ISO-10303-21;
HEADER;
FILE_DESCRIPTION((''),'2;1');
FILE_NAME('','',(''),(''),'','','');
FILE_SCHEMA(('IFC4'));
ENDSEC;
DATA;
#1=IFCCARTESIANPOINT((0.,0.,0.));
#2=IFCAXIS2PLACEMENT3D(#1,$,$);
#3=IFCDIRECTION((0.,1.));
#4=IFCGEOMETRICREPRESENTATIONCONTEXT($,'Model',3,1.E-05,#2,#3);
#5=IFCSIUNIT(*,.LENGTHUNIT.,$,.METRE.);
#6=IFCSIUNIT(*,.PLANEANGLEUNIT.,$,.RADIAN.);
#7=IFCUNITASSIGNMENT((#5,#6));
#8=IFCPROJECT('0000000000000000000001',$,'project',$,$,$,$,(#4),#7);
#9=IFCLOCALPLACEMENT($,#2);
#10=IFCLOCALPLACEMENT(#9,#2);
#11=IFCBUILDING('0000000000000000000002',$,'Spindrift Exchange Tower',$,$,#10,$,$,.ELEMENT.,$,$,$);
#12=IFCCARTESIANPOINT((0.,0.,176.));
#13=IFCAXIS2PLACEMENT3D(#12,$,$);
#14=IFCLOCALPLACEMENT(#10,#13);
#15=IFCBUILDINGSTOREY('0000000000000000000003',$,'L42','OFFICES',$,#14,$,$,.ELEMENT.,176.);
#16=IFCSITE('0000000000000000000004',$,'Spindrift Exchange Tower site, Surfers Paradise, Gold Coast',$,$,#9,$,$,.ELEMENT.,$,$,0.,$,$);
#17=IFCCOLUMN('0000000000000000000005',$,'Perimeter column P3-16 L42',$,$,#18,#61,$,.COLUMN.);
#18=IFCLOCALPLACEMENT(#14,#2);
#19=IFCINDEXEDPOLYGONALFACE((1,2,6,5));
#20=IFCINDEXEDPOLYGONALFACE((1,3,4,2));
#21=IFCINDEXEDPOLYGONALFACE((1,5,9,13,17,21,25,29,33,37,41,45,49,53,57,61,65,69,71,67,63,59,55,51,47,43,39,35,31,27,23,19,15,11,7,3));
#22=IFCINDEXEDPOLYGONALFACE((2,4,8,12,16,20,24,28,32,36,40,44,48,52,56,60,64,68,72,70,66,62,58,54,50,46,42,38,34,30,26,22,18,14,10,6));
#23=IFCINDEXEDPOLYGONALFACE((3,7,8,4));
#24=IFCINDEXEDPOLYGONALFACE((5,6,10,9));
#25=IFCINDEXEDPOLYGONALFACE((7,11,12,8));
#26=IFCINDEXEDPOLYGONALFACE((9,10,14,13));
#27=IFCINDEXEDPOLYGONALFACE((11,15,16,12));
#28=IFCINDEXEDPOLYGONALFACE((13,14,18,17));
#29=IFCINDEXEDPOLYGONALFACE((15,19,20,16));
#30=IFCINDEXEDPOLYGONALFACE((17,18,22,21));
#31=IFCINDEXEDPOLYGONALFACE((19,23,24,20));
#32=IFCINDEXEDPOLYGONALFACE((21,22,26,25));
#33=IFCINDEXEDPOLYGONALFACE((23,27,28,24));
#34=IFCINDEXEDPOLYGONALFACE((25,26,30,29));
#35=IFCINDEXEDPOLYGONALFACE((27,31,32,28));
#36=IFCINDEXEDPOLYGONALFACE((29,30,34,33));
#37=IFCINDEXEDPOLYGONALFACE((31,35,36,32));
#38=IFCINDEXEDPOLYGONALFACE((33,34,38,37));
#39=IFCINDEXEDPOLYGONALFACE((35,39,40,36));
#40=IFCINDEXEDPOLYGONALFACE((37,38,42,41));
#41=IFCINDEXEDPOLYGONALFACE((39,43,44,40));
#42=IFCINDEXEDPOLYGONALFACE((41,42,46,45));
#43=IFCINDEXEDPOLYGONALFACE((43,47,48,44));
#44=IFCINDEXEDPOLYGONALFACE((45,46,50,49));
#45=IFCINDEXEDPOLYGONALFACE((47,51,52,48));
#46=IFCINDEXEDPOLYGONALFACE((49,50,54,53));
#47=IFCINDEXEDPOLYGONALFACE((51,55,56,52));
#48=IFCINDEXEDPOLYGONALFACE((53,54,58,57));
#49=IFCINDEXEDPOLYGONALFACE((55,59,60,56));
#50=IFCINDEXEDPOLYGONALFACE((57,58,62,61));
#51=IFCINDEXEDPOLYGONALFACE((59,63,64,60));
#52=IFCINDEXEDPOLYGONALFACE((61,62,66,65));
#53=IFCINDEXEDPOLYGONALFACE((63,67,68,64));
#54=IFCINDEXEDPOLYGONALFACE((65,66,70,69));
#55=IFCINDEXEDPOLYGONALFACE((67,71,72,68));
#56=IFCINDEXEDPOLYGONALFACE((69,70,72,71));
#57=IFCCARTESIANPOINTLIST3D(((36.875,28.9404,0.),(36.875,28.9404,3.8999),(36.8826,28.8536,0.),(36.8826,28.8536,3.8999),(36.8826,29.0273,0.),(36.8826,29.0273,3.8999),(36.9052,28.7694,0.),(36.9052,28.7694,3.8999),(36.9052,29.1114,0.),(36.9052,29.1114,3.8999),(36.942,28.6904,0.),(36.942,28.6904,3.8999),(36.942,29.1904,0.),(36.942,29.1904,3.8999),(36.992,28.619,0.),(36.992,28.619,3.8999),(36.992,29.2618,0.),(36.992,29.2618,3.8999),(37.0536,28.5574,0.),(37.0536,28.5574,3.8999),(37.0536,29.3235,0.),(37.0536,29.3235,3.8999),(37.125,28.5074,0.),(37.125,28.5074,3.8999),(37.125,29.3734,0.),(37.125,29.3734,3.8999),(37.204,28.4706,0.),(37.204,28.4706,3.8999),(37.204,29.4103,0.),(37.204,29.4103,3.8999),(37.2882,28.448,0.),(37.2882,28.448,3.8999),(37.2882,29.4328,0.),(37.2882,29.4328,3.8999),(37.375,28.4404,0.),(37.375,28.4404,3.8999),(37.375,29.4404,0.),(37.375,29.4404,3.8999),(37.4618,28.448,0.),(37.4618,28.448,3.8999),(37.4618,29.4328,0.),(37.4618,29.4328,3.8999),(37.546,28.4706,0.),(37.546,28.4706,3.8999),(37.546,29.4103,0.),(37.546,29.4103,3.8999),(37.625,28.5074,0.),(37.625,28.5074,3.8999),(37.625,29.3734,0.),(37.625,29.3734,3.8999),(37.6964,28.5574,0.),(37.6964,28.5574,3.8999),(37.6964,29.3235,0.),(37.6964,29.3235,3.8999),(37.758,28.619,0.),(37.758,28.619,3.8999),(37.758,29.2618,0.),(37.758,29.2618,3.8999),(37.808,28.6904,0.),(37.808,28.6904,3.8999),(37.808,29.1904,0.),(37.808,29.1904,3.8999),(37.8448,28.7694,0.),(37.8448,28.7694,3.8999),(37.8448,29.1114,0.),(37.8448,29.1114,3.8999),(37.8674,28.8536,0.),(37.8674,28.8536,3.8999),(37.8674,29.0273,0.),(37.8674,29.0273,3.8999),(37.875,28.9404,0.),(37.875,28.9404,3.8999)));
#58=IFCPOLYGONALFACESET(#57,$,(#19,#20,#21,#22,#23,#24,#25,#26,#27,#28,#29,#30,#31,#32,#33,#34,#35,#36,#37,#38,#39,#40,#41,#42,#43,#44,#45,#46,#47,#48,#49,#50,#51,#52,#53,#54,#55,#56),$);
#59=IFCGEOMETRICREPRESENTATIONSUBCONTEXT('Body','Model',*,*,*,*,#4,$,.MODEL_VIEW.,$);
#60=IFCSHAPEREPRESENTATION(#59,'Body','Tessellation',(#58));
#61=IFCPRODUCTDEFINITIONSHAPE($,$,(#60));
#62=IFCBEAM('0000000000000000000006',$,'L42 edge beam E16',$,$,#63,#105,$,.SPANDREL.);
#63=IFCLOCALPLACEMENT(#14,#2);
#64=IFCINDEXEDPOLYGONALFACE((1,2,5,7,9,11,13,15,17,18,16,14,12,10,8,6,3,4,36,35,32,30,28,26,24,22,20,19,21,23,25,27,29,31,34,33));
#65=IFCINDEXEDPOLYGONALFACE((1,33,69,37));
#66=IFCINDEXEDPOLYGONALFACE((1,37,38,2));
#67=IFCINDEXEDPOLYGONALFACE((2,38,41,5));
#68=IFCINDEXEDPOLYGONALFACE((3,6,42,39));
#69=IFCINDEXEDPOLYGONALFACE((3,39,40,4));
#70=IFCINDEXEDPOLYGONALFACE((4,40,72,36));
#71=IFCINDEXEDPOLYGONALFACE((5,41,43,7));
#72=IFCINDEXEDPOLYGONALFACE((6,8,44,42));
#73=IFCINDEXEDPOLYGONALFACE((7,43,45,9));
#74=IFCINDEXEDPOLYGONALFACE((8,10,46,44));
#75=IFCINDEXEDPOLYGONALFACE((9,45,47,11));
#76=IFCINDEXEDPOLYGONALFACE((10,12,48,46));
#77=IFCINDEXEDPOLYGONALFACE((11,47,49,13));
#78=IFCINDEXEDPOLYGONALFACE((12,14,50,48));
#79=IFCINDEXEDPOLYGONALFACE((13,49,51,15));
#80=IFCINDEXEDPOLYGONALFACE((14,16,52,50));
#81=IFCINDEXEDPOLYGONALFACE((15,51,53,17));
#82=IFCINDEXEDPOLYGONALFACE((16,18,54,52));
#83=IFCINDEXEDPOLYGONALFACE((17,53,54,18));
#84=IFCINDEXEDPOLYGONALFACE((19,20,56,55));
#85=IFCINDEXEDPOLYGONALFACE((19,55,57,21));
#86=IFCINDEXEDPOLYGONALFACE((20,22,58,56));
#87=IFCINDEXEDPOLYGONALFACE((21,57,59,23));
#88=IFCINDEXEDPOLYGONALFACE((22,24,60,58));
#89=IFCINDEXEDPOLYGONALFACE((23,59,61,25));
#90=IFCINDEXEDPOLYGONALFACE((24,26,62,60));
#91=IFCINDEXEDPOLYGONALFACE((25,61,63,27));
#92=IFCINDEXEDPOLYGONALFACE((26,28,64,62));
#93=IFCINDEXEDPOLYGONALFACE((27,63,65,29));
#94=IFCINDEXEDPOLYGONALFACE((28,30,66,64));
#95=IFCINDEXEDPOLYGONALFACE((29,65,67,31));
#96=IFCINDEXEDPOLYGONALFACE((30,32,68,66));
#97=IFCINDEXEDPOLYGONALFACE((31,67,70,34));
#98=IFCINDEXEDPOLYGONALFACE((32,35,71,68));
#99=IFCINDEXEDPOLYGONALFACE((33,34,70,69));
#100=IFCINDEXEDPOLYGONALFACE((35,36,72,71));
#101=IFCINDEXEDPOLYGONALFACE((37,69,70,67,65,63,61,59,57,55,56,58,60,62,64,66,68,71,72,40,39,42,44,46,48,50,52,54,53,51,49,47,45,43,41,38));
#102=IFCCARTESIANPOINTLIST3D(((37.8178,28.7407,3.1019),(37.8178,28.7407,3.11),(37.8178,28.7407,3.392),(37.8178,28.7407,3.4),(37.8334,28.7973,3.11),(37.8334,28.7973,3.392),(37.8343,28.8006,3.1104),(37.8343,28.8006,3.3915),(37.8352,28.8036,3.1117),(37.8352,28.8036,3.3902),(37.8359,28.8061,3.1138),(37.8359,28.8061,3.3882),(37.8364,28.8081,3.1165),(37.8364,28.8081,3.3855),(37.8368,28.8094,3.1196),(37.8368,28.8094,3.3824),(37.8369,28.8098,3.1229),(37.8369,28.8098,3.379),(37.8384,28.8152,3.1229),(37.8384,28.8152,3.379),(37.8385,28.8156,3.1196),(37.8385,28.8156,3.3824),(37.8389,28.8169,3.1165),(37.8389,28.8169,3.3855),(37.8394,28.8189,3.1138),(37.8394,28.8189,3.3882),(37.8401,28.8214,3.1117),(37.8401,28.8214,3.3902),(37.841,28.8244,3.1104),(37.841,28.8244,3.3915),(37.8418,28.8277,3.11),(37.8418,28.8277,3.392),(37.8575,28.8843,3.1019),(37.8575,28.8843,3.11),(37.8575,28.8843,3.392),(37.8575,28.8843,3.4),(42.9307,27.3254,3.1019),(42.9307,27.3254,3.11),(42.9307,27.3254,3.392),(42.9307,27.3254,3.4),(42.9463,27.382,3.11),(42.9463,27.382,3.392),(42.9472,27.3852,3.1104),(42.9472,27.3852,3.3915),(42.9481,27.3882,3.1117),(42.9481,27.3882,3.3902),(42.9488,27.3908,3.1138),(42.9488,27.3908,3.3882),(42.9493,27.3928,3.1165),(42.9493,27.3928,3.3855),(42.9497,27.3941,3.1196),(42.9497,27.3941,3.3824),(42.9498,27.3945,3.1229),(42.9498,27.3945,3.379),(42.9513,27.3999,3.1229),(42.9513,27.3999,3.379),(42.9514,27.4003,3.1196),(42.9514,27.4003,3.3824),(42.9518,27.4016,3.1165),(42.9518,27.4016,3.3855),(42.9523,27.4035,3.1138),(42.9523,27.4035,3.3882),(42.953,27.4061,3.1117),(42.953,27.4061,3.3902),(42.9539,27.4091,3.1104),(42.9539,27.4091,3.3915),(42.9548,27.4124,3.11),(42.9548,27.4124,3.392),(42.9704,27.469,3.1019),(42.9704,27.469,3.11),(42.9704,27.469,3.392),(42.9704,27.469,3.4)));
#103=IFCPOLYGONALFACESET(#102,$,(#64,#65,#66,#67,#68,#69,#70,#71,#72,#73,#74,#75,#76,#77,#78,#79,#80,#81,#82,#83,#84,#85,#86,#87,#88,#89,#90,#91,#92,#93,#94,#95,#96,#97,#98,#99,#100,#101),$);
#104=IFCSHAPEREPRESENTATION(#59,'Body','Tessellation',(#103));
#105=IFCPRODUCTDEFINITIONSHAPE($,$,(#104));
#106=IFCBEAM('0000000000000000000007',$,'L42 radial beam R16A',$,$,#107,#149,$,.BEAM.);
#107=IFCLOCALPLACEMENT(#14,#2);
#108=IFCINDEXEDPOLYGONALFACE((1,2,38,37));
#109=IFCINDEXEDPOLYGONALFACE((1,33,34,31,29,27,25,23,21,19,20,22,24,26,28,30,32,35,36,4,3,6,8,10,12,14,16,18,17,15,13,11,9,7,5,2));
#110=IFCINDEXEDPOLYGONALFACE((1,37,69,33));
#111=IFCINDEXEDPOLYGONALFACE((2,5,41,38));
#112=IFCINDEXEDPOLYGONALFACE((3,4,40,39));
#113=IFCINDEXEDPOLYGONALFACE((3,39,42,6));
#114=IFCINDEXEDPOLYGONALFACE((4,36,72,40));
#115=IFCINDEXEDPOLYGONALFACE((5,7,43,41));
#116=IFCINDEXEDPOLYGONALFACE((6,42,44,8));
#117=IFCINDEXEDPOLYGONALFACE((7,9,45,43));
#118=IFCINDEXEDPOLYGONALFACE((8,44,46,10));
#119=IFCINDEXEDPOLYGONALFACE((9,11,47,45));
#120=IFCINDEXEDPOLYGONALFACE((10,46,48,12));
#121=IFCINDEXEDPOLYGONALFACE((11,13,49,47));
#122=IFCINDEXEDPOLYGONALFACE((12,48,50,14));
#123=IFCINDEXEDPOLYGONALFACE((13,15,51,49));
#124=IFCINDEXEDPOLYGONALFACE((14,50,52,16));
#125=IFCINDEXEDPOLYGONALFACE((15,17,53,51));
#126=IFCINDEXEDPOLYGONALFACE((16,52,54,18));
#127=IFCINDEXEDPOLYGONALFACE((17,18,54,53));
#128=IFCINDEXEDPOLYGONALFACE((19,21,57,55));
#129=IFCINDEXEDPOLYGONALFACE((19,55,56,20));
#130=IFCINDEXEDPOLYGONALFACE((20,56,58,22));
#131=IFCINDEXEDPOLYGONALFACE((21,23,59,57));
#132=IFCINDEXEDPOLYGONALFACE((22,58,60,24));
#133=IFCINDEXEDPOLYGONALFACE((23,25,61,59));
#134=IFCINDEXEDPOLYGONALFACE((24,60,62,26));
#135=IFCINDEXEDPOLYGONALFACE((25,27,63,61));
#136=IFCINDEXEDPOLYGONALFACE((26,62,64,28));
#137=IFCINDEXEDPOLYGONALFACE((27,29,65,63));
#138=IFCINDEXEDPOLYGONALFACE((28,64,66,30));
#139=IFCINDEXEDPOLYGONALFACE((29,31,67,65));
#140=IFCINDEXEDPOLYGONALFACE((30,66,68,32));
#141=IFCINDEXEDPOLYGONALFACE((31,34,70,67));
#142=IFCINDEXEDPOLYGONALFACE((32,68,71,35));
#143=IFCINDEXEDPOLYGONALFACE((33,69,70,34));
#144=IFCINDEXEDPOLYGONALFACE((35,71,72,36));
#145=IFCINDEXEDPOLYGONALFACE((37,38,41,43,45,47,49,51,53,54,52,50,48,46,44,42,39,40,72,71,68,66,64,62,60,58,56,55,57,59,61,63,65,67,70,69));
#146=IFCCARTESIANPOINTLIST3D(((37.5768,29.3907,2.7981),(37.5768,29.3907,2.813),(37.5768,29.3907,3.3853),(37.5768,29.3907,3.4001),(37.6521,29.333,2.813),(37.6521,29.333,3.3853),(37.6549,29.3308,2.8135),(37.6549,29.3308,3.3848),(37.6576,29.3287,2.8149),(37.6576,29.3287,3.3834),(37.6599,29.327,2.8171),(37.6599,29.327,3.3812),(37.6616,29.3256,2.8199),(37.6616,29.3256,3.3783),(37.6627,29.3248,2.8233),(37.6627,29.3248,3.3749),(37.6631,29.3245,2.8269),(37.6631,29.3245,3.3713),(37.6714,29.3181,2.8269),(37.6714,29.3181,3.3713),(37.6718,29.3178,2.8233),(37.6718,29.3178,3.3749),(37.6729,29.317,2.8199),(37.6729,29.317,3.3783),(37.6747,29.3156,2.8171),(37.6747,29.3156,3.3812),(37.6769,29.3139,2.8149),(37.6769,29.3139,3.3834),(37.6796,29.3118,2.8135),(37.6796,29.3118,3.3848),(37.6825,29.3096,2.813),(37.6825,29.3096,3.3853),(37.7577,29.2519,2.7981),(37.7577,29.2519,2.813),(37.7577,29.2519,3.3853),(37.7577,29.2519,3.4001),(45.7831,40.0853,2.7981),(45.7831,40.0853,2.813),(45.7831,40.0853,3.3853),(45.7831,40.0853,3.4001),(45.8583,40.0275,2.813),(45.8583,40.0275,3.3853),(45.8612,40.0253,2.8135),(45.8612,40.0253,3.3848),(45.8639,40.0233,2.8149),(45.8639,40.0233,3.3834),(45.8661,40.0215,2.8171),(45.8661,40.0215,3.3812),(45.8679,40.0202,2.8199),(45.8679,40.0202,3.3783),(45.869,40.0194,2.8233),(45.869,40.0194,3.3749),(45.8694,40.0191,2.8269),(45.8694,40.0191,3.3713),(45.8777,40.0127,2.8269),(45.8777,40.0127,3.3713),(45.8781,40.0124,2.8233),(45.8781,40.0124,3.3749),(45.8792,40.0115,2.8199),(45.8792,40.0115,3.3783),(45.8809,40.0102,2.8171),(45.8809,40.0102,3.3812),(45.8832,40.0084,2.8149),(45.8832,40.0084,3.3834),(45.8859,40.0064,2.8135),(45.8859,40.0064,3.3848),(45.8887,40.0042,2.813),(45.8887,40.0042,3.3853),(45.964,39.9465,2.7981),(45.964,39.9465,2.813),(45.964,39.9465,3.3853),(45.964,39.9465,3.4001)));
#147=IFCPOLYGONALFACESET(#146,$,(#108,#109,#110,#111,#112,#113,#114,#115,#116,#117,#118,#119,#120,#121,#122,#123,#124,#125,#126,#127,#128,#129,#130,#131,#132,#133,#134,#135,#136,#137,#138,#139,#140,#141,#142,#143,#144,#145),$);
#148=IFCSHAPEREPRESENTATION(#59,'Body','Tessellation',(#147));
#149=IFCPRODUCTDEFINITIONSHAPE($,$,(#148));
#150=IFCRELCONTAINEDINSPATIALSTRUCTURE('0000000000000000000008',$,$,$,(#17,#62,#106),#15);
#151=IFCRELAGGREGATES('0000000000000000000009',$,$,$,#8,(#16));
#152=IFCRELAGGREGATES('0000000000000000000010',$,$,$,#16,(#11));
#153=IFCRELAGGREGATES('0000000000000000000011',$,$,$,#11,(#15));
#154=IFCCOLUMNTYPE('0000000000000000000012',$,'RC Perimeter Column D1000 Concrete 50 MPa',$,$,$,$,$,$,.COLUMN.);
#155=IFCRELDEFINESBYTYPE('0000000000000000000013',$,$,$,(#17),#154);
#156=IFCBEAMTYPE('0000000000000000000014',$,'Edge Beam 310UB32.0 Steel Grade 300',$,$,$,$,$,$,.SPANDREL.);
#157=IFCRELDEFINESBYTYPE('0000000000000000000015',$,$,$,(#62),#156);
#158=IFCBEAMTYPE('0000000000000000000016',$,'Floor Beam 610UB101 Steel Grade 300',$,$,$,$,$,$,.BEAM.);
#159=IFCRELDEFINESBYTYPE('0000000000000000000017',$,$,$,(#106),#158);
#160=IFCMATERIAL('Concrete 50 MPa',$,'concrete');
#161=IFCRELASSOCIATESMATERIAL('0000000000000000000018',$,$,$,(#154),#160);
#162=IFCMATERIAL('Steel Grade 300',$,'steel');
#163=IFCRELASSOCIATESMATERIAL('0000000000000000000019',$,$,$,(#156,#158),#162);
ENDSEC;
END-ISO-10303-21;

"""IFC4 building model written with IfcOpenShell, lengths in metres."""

from ifc_helpers import new_model, si_unit, direction, frame, origin, origin_2d, place, context, subcontext, project, spatial, circle, i_section, extrude, source, transform, mapped, material, material_profile, profile_set, type_object, element, save


model = new_model("IFC4")

# Units and contexts
model_context = context("Model", 3, precision=1e-05, world=origin(), true_north=direction((0.0, 1.0)))
body_context = subcontext(model_context, "Body", "Model", "MODEL_VIEW")
ifc_project = project(units=[si_unit("LENGTHUNIT", "METRE"), si_unit("PLANEANGLEUNIT", "RADIAN")], contexts=[model_context])

# Site, building, storey
site_placement = place(None, origin())
site = spatial("IfcSite", under=ifc_project, at=site_placement, Name="Spindrift Exchange Tower site, Surfers Paradise, Gold Coast", CompositionType="ELEMENT", RefElevation=0.0)
building_placement = place(site_placement, origin())
building = spatial("IfcBuilding", under=site, at=building_placement, Name="Spindrift Exchange Tower", CompositionType="ELEMENT")
storey_placement = place(building_placement, frame((0.0, 0.0, 176.0)))
storey = spatial("IfcBuildingStorey", under=building, at=storey_placement, Name="L42", Description="OFFICES", CompositionType="ELEMENT", Elevation=176.0)

# Column
ifc_material_1 = material(Name="Concrete 50 MPa", Category="concrete")
ifc_material_profile_1 = material_profile(ifc_material_1, circle(Radius=0.5, at=origin_2d()), Name="RC D1000")
ifc_profile_set_1 = profile_set([ifc_material_profile_1], Name="Concrete 50 MPa")
column_type = type_object("IfcColumnType", Name="RC Perimeter Column D1000 Concrete 50 MPa", PredefinedType="COLUMN", material=ifc_profile_set_1)
shared_shape_1 = source(origin(), body_context, "Body", "SweptSolid", [
    extrude(circle(Radius=0.5, at=origin_2d()), origin(), (0.0, 0.0, 1.0), 3.8999),
])
column_placement = place(storey_placement, frame((37.375, 28.9404, 0.0), z_axis=(0.0, 0.0, 1.0), x_axis=(1.0, 0.0, 0.0)))
element("IfcColumn", 1, at=column_placement, inside=storey, type_object=column_type, Name="Perimeter column P3-16 L42", PredefinedType="COLUMN", context=body_context, shape_type="MappedRepresentation", body=[
    mapped(shared_shape_1, transform((0.0, 0.0, 0.0), scale=1.0)),
])

# Beams
ifc_material_2 = material(Name="Steel Grade 300", Category="steel")
ifc_material_profile_2 = material_profile(ifc_material_2, i_section(OverallWidth=0.1489, OverallDepth=0.2981, WebThickness=0.0056, FlangeThickness=0.0081, FilletRadius=0.0129, at=origin_2d()), Name="310UB32.0")
ifc_profile_set_2 = profile_set([ifc_material_profile_2], Name="Steel Grade 300")
beam_type_1 = type_object("IfcBeamType", Name="Edge Beam 310UB32.0 Steel Grade 300", PredefinedType="SPANDREL", material=ifc_profile_set_2)
shared_shape_2 = source(origin(), body_context, "Body", "SweptSolid", [
    extrude(i_section(OverallWidth=0.1489, OverallDepth=0.2981, WebThickness=0.0056, FlangeThickness=0.0081, FilletRadius=0.0129, at=origin_2d()), origin(), (0.0, 0.0, 1.0), 5.3052),
])
beam_1_placement = place(storey_placement, frame((37.8376, 28.8125, 3.251), z_axis=(0.963758, -0.26678, 0.0), x_axis=(0.26678, 0.963758, 0.0)))
element("IfcBeam", 2, at=beam_1_placement, inside=storey, type_object=beam_type_1, Name="L42 edge beam E16", PredefinedType="SPANDREL", context=body_context, shape_type="MappedRepresentation", body=[
    mapped(shared_shape_2, transform((0.0, 0.0, 0.0), scale=1.0)),
])
ifc_material_profile_3 = material_profile(ifc_material_2, i_section(OverallWidth=0.228, OverallDepth=0.6021, WebThickness=0.0105, FlangeThickness=0.0149, FilletRadius=0.0139, at=origin_2d()), Name="610UB101")
ifc_profile_set_3 = profile_set([ifc_material_profile_3], Name="Steel Grade 300")
beam_type_2 = type_object("IfcBeamType", Name="Floor Beam 610UB101 Steel Grade 300", PredefinedType="BEAM", material=ifc_profile_set_3)
shared_shape_3 = source(origin(), body_context, "Body", "SweptSolid", [
    extrude(i_section(OverallWidth=0.228, OverallDepth=0.6021, WebThickness=0.0105, FlangeThickness=0.0149, FilletRadius=0.0139, at=origin_2d()), origin(), (0.0, 0.0, 1.0), 13.4802),
])
beam_2_placement = place(storey_placement, frame((45.8735, 40.0159, 3.0991), z_axis=(-0.608764, -0.793351, 0.0), x_axis=(0.793351, -0.608764, 0.0)))
element("IfcBeam", 3, at=beam_2_placement, inside=storey, type_object=beam_type_2, Name="L42 radial beam R16A", PredefinedType="BEAM", context=body_context, shape_type="MappedRepresentation", body=[
    mapped(shared_shape_3, transform((0.0, 0.0, 0.0), scale=1.0)),
])

save(model, "model.ifc")
